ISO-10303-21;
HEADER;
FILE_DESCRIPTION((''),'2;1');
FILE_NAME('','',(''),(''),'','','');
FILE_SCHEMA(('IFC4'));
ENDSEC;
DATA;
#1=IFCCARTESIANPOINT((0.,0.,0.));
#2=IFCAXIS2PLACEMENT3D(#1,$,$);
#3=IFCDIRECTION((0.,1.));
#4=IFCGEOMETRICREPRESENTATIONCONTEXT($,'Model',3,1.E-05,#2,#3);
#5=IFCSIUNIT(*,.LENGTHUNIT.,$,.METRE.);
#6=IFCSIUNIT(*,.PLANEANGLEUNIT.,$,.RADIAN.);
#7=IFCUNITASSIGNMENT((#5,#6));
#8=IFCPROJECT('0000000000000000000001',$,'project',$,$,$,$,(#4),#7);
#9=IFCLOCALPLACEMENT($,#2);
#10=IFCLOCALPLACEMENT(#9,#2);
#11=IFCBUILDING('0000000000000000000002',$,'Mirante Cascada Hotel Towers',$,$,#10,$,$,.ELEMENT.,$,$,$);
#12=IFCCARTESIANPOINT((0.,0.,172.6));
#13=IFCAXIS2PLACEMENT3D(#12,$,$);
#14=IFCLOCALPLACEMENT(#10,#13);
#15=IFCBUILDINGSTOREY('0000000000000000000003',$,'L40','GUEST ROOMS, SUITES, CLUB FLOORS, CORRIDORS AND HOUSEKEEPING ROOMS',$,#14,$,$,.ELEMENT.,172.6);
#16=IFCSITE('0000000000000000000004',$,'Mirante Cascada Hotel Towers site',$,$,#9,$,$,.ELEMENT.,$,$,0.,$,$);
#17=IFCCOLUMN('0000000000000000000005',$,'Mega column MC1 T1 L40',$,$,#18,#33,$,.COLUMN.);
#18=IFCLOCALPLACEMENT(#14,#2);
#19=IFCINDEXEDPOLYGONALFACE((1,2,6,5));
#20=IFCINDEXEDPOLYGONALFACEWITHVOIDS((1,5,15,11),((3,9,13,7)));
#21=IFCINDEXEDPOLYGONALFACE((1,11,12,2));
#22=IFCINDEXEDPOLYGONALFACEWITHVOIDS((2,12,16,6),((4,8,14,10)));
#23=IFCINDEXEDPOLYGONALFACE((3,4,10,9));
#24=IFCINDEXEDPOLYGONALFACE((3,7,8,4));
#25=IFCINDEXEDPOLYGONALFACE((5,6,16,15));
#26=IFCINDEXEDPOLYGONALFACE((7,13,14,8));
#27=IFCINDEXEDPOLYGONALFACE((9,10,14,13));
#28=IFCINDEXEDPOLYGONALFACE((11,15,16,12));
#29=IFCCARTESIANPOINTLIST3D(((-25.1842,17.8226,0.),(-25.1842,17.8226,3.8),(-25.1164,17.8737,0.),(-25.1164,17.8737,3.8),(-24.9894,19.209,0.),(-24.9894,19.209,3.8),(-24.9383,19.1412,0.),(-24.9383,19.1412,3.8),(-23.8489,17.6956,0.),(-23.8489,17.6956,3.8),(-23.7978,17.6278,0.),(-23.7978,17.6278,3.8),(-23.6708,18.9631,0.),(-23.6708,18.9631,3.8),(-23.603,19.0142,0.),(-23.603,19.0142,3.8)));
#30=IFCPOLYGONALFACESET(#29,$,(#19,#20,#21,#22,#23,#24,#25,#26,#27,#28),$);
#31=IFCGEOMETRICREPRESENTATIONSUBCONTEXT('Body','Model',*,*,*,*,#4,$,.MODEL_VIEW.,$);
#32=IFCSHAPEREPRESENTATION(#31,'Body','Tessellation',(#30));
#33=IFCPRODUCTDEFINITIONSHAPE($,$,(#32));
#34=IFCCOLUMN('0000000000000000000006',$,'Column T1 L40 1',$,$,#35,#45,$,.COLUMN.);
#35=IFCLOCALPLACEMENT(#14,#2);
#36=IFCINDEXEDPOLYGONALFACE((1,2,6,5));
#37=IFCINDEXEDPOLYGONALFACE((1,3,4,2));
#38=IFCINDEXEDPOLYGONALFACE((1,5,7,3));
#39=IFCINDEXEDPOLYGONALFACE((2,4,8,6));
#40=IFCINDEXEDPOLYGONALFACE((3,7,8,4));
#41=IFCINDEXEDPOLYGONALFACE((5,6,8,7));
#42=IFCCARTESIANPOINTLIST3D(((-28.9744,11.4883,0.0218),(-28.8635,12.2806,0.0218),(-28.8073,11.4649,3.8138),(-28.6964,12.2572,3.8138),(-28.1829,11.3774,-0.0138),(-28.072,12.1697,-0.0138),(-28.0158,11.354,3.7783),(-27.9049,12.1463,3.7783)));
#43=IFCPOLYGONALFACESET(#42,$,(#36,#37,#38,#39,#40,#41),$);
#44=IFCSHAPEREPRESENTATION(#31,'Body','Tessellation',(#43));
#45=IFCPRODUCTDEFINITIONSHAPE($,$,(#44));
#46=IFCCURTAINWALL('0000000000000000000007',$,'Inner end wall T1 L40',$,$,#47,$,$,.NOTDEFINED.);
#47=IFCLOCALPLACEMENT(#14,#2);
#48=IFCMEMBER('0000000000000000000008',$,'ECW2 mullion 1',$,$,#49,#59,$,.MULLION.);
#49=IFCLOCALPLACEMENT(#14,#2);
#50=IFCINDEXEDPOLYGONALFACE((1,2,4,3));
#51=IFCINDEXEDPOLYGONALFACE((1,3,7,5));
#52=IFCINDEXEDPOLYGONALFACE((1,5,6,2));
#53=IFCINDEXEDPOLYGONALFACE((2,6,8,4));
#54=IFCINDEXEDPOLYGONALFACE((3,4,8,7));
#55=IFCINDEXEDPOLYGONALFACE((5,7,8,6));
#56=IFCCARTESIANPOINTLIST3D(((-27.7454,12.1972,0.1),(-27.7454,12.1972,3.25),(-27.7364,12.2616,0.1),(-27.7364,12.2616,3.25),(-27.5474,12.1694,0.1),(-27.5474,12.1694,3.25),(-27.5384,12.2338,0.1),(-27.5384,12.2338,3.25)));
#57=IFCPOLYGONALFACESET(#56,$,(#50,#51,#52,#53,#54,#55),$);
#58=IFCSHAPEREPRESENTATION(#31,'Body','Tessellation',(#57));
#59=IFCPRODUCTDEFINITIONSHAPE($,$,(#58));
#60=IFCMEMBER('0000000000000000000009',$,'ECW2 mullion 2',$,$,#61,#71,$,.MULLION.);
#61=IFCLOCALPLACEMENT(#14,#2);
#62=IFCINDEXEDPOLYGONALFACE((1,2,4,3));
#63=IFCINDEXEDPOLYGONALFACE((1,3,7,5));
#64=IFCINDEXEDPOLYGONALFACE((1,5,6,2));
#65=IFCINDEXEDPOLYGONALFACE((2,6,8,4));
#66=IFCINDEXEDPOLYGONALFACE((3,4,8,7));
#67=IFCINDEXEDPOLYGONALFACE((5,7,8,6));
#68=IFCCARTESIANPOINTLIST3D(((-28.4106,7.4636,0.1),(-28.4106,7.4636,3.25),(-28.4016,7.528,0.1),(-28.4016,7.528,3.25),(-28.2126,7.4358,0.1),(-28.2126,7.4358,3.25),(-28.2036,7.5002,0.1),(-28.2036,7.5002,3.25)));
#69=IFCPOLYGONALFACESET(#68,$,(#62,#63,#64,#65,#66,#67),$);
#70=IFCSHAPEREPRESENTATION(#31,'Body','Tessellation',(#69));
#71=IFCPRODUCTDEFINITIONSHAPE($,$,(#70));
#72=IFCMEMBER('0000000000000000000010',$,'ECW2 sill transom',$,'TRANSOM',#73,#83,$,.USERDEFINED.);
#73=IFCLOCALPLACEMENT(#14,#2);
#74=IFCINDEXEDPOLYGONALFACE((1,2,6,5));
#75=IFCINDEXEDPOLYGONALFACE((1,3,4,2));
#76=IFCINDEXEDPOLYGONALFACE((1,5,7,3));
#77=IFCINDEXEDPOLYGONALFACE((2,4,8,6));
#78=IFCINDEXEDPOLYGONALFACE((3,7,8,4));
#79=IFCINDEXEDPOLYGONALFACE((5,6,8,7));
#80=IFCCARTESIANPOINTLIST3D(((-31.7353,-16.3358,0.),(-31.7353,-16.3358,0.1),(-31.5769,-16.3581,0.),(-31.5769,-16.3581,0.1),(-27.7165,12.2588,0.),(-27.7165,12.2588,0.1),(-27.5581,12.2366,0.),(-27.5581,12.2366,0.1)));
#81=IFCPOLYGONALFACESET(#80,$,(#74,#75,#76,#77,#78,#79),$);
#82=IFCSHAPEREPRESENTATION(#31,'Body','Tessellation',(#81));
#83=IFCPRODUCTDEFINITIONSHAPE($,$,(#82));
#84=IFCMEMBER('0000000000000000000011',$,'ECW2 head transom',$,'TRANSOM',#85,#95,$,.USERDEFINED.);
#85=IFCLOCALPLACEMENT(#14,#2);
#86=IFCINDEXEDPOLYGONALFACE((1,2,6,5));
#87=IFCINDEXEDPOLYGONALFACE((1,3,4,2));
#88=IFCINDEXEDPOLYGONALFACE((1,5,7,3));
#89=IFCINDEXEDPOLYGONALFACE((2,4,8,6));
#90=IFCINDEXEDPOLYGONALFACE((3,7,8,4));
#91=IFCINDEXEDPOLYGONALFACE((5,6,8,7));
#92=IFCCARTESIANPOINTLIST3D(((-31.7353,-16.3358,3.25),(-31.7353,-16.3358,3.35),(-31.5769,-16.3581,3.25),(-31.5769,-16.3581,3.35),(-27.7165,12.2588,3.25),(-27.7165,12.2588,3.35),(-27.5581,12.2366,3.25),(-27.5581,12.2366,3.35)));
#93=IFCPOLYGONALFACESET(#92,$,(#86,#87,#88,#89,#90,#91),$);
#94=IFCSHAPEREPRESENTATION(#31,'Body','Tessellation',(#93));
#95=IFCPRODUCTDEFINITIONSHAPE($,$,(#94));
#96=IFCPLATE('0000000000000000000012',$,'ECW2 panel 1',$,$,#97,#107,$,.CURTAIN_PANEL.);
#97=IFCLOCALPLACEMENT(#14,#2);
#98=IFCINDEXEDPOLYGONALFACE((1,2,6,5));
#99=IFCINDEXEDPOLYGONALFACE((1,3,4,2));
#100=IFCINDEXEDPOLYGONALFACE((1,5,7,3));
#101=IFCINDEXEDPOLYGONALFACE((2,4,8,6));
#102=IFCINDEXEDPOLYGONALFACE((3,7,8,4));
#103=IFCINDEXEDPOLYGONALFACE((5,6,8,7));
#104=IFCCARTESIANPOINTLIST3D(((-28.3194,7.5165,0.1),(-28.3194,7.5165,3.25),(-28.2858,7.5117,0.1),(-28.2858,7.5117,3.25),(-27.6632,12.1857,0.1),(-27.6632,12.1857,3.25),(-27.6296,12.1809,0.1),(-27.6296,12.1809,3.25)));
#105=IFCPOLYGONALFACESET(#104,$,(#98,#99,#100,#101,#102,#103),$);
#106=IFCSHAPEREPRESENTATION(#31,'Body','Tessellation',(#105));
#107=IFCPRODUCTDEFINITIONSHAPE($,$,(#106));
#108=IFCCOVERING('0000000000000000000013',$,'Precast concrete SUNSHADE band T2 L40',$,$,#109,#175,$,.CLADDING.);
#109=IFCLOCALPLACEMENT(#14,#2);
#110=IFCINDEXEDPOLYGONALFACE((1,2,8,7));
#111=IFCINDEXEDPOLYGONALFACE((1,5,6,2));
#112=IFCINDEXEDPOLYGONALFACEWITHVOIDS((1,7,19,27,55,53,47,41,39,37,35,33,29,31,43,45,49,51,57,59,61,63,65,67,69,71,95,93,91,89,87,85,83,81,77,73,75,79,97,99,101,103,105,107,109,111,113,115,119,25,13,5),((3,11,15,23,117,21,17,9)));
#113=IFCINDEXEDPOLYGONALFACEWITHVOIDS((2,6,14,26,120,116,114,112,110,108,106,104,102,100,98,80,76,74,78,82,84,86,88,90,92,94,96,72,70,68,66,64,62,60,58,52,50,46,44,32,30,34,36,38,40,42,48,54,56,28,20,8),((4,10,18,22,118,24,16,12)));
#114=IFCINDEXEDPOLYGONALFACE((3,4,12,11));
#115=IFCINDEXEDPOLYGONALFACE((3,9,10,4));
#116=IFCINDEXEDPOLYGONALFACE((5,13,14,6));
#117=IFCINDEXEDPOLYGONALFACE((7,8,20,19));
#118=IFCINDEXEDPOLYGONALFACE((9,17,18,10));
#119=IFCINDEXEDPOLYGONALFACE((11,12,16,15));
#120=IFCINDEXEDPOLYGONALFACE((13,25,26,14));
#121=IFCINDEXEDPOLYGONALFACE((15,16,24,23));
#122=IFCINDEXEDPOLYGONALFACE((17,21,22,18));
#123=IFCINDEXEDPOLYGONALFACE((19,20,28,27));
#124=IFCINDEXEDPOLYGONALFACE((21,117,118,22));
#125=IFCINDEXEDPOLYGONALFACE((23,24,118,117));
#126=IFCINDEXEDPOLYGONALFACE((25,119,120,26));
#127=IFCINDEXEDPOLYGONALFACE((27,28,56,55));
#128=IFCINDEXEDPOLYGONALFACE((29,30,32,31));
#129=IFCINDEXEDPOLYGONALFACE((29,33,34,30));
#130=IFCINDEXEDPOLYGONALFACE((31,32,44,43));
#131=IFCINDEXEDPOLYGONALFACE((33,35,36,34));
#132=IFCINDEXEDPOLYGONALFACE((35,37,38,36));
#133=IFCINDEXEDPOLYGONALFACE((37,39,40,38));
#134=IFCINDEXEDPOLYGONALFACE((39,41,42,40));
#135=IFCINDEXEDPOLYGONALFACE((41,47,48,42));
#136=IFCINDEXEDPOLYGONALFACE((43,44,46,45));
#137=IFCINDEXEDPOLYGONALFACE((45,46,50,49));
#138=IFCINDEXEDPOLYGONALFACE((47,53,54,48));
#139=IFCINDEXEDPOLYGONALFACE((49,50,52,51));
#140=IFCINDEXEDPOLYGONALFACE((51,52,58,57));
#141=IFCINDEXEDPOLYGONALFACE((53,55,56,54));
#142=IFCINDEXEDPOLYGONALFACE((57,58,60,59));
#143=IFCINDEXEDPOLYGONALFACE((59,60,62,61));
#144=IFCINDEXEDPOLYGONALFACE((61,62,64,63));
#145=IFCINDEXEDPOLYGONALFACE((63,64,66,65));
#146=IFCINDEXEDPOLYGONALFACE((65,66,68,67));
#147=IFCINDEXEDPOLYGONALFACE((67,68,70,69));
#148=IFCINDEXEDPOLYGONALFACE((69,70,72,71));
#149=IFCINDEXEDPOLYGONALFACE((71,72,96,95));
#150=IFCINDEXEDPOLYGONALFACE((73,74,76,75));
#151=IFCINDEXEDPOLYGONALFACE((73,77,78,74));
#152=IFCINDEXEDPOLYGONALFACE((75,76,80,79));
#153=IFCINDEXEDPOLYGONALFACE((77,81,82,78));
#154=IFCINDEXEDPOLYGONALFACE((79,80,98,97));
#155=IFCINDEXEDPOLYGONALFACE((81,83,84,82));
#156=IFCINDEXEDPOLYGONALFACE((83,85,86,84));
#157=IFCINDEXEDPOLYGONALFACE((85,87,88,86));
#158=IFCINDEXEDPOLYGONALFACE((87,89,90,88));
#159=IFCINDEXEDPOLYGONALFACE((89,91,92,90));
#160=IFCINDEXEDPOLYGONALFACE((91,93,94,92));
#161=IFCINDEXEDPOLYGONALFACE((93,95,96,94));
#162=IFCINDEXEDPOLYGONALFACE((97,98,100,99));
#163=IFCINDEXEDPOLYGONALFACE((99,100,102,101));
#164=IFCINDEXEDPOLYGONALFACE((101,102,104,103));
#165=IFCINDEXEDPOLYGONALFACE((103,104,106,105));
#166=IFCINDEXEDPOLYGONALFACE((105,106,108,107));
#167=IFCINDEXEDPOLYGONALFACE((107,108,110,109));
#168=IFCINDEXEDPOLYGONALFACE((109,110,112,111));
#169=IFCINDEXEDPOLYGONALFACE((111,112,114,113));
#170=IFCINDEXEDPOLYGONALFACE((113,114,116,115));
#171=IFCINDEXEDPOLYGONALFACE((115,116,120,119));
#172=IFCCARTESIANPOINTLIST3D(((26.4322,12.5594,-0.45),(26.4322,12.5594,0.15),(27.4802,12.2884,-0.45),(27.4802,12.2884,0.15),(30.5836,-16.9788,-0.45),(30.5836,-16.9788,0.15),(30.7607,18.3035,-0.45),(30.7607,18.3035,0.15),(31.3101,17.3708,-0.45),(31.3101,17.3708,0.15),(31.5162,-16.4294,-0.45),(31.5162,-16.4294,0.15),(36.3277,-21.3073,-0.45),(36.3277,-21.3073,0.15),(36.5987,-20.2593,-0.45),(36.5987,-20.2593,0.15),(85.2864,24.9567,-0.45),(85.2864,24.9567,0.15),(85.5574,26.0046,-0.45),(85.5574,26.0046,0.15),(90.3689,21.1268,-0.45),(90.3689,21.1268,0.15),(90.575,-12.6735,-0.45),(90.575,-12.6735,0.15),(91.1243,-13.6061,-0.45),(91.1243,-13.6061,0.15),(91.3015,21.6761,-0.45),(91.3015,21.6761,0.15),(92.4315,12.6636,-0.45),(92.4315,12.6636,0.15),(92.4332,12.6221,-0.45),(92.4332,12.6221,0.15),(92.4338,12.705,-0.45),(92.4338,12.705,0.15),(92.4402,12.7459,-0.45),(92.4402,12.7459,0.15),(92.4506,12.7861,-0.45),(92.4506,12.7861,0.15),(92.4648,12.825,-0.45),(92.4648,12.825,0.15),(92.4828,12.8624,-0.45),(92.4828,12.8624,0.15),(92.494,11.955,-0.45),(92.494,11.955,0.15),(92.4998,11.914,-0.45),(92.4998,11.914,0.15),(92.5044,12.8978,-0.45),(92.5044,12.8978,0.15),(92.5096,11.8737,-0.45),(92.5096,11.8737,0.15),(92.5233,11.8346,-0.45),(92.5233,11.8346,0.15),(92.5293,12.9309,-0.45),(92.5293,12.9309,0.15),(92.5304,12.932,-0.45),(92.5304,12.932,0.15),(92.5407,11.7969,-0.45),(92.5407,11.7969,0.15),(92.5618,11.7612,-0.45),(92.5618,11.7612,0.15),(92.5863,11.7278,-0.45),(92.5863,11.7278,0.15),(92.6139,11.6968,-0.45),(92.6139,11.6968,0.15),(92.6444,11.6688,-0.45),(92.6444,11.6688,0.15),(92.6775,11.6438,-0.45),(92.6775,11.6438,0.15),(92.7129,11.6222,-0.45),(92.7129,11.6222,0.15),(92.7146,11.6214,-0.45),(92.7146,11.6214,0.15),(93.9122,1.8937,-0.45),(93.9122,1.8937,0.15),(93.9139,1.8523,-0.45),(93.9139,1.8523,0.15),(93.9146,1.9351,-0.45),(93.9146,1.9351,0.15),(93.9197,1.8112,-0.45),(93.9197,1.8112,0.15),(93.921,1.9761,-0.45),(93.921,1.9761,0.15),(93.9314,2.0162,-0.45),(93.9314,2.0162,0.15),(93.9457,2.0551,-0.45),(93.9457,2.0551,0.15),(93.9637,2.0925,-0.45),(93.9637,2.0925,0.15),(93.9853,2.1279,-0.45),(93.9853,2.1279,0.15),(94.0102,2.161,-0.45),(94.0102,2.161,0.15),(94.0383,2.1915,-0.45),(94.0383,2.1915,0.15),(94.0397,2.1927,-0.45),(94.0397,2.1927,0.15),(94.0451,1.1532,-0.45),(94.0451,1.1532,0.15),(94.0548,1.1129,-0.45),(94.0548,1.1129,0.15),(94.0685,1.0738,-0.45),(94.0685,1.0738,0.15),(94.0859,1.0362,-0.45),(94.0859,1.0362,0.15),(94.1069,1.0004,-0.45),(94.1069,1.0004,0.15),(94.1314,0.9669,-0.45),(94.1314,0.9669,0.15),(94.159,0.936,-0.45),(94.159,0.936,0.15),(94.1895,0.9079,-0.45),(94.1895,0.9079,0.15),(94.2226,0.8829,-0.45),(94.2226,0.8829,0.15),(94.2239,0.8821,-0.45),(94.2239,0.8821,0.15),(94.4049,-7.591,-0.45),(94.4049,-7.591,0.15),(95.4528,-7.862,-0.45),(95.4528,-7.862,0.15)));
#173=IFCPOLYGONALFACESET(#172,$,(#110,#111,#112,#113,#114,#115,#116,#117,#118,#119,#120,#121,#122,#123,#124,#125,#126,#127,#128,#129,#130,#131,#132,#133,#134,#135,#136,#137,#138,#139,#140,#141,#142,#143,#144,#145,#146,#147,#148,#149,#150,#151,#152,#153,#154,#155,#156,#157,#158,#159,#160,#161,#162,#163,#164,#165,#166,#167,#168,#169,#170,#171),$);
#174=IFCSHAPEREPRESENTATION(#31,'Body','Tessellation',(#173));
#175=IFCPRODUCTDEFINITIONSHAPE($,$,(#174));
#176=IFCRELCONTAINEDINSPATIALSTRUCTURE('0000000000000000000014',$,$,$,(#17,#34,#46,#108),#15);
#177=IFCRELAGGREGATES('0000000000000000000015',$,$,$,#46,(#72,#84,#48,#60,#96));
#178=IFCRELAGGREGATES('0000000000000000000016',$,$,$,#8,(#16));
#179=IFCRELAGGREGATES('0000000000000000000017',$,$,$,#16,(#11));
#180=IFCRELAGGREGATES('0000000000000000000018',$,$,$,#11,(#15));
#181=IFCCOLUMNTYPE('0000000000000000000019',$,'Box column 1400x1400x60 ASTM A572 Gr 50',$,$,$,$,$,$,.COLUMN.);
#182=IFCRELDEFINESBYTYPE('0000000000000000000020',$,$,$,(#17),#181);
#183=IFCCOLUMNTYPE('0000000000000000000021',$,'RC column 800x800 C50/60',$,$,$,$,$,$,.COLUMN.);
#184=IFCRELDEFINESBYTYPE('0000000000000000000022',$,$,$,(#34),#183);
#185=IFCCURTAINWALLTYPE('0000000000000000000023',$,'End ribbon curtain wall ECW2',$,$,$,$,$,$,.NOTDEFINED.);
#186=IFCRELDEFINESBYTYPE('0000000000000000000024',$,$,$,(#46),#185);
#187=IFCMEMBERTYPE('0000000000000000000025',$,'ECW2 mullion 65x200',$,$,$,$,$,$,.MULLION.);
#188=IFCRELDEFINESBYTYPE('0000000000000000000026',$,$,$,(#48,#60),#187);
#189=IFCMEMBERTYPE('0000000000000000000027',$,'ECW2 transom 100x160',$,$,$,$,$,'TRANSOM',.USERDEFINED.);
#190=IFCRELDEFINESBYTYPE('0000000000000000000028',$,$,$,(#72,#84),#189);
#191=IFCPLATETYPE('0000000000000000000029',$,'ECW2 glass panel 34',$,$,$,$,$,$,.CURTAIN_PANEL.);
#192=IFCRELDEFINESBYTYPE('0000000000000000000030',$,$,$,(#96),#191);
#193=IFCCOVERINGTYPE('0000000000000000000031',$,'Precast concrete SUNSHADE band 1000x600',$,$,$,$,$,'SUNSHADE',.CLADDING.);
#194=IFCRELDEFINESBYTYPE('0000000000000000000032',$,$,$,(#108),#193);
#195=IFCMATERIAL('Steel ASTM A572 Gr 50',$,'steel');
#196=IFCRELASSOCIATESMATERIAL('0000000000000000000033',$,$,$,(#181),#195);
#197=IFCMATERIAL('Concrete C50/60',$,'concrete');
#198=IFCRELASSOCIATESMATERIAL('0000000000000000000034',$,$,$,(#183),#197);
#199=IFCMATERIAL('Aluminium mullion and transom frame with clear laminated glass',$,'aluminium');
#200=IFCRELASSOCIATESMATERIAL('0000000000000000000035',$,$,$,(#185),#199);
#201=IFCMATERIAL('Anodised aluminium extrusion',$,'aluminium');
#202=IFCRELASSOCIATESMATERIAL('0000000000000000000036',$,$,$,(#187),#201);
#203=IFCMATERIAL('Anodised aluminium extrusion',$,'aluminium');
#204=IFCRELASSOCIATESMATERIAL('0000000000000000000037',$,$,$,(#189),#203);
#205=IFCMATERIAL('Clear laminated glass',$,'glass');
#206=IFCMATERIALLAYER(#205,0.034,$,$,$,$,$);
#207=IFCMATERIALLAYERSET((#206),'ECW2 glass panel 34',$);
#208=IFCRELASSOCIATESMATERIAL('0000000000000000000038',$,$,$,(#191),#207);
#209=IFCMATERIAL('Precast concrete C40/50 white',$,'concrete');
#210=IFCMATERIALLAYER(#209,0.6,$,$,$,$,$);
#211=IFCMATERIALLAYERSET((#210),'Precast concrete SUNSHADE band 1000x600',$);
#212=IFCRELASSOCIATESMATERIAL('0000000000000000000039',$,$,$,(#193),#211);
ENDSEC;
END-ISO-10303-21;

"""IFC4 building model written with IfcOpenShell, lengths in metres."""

from ifc_helpers import new_model, si_unit, direction, frame, origin, origin_2d, place, context, subcontext, project, spatial, polyline, rectangle, hollow_rectangle, outline, extrude, material, layer, layer_set, material_profile, profile_set, type_object, element, aggregate, save


model = new_model("IFC4")

# Units and contexts
model_context = context("Model", 3, precision=1e-05, world=origin(), true_north=direction((0.0, 1.0)))
body_context = subcontext(model_context, "Body", "Model", "MODEL_VIEW")
ifc_project = project(units=[si_unit("LENGTHUNIT", "METRE"), si_unit("PLANEANGLEUNIT", "RADIAN")], contexts=[model_context])

# Site, building, storey
site_placement = place(None, origin())
site = spatial("IfcSite", under=ifc_project, at=site_placement, Name="Mirante Cascada Hotel Towers site", CompositionType="ELEMENT", RefElevation=0.0)
building_placement = place(site_placement, origin())
building = spatial("IfcBuilding", under=site, at=building_placement, Name="Mirante Cascada Hotel Towers", CompositionType="ELEMENT")
storey_placement = place(building_placement, frame((0.0, 0.0, 172.6)))
storey = spatial("IfcBuildingStorey", under=building, at=storey_placement, Name="L40", Description="GUEST ROOMS, SUITES, CLUB FLOORS, CORRIDORS AND HOUSEKEEPING ROOMS", CompositionType="ELEMENT", Elevation=172.6)

# Columns
ifc_material_1 = material(Name="Steel ASTM A572 Gr 50", Category="steel")
ifc_material_profile_1 = material_profile(ifc_material_1, hollow_rectangle(XDim=1.4, YDim=1.4, WallThickness=0.06, at=origin_2d()), Name="Box column 1400x1400x60 ASTM A572 Gr 50")
ifc_profile_set_1 = profile_set([ifc_material_profile_1], Name="Steel ASTM A572 Gr 50")
column_type_1 = type_object("IfcColumnType", Name="Box column 1400x1400x60 ASTM A572 Gr 50", PredefinedType="COLUMN", material=ifc_profile_set_1)
column_1_placement = place(storey_placement, frame((-24.3936, 18.4184, 0.0), z_axis=(0.0, 0.0, 1.0), x_axis=(-0.990268, 0.139173, 0.0)))
element("IfcColumn", 1, at=column_1_placement, inside=storey, type_object=column_type_1, Name="Mega column MC1 T1 L40", PredefinedType="COLUMN", context=body_context, shape_type="SweptSolid", body=[
    extrude(hollow_rectangle(XDim=1.4, YDim=1.4, WallThickness=0.06, at=origin_2d()), origin(), (0.0, 0.0, 1.0), 3.8),
])
ifc_material_2 = material(Name="Concrete C50/60", Category="concrete")
ifc_material_profile_2 = material_profile(ifc_material_2, rectangle(XDim=0.8, YDim=0.8, at=origin_2d()), Name="RC column 800x800 C50/60")
ifc_profile_set_2 = profile_set([ifc_material_profile_2], Name="Concrete C50/60")
column_type_2 = type_object("IfcColumnType", Name="RC column 800x800 C50/60", PredefinedType="COLUMN", material=ifc_profile_set_2)
column_2_placement = place(storey_placement, frame((-28.5232, 11.829, 0.004), z_axis=(0.044023, -0.006165, 0.999012), x_axis=(0.138683, 0.990337, 0.0)))
element("IfcColumn", 2, at=column_2_placement, inside=storey, type_object=column_type_2, Name="Column T1 L40 1", PredefinedType="COLUMN", context=body_context, shape_type="SweptSolid", body=[
    extrude(rectangle(XDim=0.8, YDim=0.8, at=origin_2d()), origin(), (0.0, 0.0, 1.0), 3.7958),
])

# Curtain wall, members, plate
ifc_material_3 = material(Name="Aluminium mullion and transom frame with clear laminated glass", Category="aluminium")
curtain_wall_type = type_object("IfcCurtainWallType", Name="End ribbon curtain wall ECW2", PredefinedType="NOTDEFINED", material=ifc_material_3)
curtain_wall_placement = place(storey_placement, origin())
curtain_wall = element("IfcCurtainWall", 3, at=curtain_wall_placement, inside=storey, type_object=curtain_wall_type, Name="Inner end wall T1 L40", PredefinedType="NOTDEFINED")
ifc_material_4 = material(Name="Anodised aluminium extrusion", Category="aluminium")
ifc_material_profile_3 = material_profile(ifc_material_4, rectangle(XDim=0.2, YDim=0.065, at=origin_2d()), Name="ECW2 MULLION 65x200")
ifc_profile_set_3 = profile_set([ifc_material_profile_3], Name="Anodised aluminium extrusion")
member_type_1 = type_object("IfcMemberType", Name="ECW2 mullion 65x200", PredefinedType="MULLION", material=ifc_profile_set_3)
member_1_placement = place(storey_placement, frame((-27.6419, 12.2155, 0.1), z_axis=(0.0, 0.0, 1.0), x_axis=(0.990268, -0.139173, 0.0)))
member_1 = element("IfcMember", 4, at=member_1_placement, type_object=member_type_1, Name="ECW2 mullion 1", PredefinedType="MULLION", context=body_context, shape_type="SweptSolid", body=[
    extrude(rectangle(XDim=0.2, YDim=0.065, at=origin_2d()), origin(), (0.0, 0.0, 1.0), 3.15),
])
member_2_placement = place(storey_placement, frame((-28.3071, 7.4819, 0.1), z_axis=(0.0, 0.0, 1.0), x_axis=(0.990268, -0.139173, 0.0)))
member_2 = element("IfcMember", 5, at=member_2_placement, type_object=member_type_1, Name="ECW2 mullion 2", PredefinedType="MULLION", context=body_context, shape_type="SweptSolid", body=[
    extrude(rectangle(XDim=0.2, YDim=0.065, at=origin_2d()), origin(), (0.0, 0.0, 1.0), 3.15),
])
ifc_material_5 = material(Name="Anodised aluminium extrusion", Category="aluminium")
ifc_material_profile_4 = material_profile(ifc_material_5, rectangle(XDim=0.16, YDim=0.1, at=origin_2d()), Name="ECW2 TRANSOM 100x160")
ifc_profile_set_4 = profile_set([ifc_material_profile_4], Name="Anodised aluminium extrusion")
member_type_2 = type_object("IfcMemberType", Name="ECW2 transom 100x160", ElementType="TRANSOM", PredefinedType="USERDEFINED", material=ifc_profile_set_4)
member_3_placement = place(storey_placement, frame((-27.6373, 12.2477, 0.05), z_axis=(-0.139176, -0.990268, 0.0), x_axis=(0.990268, -0.139176, 0.0)))
member_3 = element("IfcMember", 6, at=member_3_placement, type_object=member_type_2, Name="ECW2 sill transom", ObjectType="TRANSOM", PredefinedType="USERDEFINED", context=body_context, shape_type="SweptSolid", body=[
    extrude(rectangle(XDim=0.16, YDim=0.1, at=origin_2d()), origin(), (0.0, 0.0, 1.0), 28.8757),
])
member_4_placement = place(storey_placement, frame((-27.6373, 12.2477, 3.3), z_axis=(-0.139176, -0.990268, 0.0), x_axis=(0.990268, -0.139176, 0.0)))
member_4 = element("IfcMember", 7, at=member_4_placement, type_object=member_type_2, Name="ECW2 head transom", ObjectType="TRANSOM", PredefinedType="USERDEFINED", context=body_context, shape_type="SweptSolid", body=[
    extrude(rectangle(XDim=0.16, YDim=0.1, at=origin_2d()), origin(), (0.0, 0.0, 1.0), 28.8757),
])
ifc_material_6 = material(Name="Clear laminated glass", Category="glass")
ifc_layer_1 = layer(ifc_material_6, 0.034)
ifc_layer_set_1 = layer_set([ifc_layer_1], Name="ECW2 glass panel 34")
plate_type = type_object("IfcPlateType", Name="ECW2 glass panel 34", PredefinedType="CURTAIN_PANEL", material=ifc_layer_set_1)
plate_placement = place(storey_placement, frame((-27.9745, 9.8487, 0.1), z_axis=(0.0, 0.0, 1.0), x_axis=(-0.139173, -0.990268, 0.0)))
plate = element("IfcPlate", 8, at=plate_placement, type_object=plate_type, Name="ECW2 panel 1", PredefinedType="CURTAIN_PANEL", context=body_context, shape_type="SweptSolid", body=[
    extrude(rectangle(XDim=4.7151, YDim=0.034, at=origin_2d()), origin(), (0.0, 0.0, 1.0), 3.15),
])
aggregate(curtain_wall, [member_3, member_4, member_1, member_2, plate])

# Covering
ifc_material_7 = material(Name="Precast concrete C40/50 white", Category="concrete")
ifc_layer_2 = layer(ifc_material_7, 0.6)
ifc_layer_set_2 = layer_set([ifc_layer_2], Name="Precast concrete SUNSHADE band 1000x600")
covering_type = type_object("IfcCoveringType", Name="Precast concrete SUNSHADE band 1000x600", ElementType="SUNSHADE", PredefinedType="CLADDING", material=ifc_layer_set_2)
covering_placement = place(storey_placement, frame((0.0, 0.0, -0.45)))
element("IfcCovering", 9, at=covering_placement, inside=storey, type_object=covering_type, Name="Precast concrete SUNSHADE band T2 L40", PredefinedType="CLADDING", context=body_context, shape_type="SweptSolid", body=[
    extrude(outline(polyline([(26.4322, 12.5594), (30.7607, 18.3035), (85.5574, 26.0046), (91.3015, 21.6761), (92.5304, 12.932), (92.5293, 12.9309), (92.5044, 12.8978), (92.4828, 12.8624), (92.4648, 12.825), (92.4506, 12.7861), (92.4402, 12.7459), (92.4338, 12.705), (92.4315, 12.6636), (92.4332, 12.6221), (92.494, 11.955), (92.4998, 11.914), (92.5096, 11.8737), (92.5233, 11.8346), (92.5407, 11.7969), (92.5618, 11.7612), (92.5863, 11.7278), (92.6139, 11.6968), (92.6444, 11.6688), (92.6775, 11.6438), (92.7129, 11.6222), (92.7146, 11.6214), (94.0397, 2.1927), (94.0383, 2.1915), (94.0102, 2.161), (93.9853, 2.1279), (93.9637, 2.0925), (93.9457, 2.0551), (93.9314, 2.0162), (93.921, 1.9761), (93.9146, 1.9351), (93.9122, 1.8937), (93.9139, 1.8523), (93.9197, 1.8112), (94.0451, 1.1532), (94.0548, 1.1129), (94.0685, 1.0738), (94.0859, 1.0362), (94.1069, 1.0004), (94.1314, 0.9669), (94.159, 0.936), (94.1895, 0.9079), (94.2226, 0.8829), (94.2239, 0.8821), (95.4528, -7.862), (91.1243, -13.6061), (36.3277, -21.3073), (30.5836, -16.9788), (26.4322, 12.5594)]), holes=[polyline([(94.4049, -7.591), (90.3689, 21.1268), (85.2864, 24.9567), (31.3101, 17.3708), (27.4802, 12.2884), (31.5162, -16.4294), (36.5987, -20.2593), (90.575, -12.6735), (94.4049, -7.591)])]), origin(), (0.0, 0.0, 1.0), 0.6),
])

save(model, "model.ifc")
